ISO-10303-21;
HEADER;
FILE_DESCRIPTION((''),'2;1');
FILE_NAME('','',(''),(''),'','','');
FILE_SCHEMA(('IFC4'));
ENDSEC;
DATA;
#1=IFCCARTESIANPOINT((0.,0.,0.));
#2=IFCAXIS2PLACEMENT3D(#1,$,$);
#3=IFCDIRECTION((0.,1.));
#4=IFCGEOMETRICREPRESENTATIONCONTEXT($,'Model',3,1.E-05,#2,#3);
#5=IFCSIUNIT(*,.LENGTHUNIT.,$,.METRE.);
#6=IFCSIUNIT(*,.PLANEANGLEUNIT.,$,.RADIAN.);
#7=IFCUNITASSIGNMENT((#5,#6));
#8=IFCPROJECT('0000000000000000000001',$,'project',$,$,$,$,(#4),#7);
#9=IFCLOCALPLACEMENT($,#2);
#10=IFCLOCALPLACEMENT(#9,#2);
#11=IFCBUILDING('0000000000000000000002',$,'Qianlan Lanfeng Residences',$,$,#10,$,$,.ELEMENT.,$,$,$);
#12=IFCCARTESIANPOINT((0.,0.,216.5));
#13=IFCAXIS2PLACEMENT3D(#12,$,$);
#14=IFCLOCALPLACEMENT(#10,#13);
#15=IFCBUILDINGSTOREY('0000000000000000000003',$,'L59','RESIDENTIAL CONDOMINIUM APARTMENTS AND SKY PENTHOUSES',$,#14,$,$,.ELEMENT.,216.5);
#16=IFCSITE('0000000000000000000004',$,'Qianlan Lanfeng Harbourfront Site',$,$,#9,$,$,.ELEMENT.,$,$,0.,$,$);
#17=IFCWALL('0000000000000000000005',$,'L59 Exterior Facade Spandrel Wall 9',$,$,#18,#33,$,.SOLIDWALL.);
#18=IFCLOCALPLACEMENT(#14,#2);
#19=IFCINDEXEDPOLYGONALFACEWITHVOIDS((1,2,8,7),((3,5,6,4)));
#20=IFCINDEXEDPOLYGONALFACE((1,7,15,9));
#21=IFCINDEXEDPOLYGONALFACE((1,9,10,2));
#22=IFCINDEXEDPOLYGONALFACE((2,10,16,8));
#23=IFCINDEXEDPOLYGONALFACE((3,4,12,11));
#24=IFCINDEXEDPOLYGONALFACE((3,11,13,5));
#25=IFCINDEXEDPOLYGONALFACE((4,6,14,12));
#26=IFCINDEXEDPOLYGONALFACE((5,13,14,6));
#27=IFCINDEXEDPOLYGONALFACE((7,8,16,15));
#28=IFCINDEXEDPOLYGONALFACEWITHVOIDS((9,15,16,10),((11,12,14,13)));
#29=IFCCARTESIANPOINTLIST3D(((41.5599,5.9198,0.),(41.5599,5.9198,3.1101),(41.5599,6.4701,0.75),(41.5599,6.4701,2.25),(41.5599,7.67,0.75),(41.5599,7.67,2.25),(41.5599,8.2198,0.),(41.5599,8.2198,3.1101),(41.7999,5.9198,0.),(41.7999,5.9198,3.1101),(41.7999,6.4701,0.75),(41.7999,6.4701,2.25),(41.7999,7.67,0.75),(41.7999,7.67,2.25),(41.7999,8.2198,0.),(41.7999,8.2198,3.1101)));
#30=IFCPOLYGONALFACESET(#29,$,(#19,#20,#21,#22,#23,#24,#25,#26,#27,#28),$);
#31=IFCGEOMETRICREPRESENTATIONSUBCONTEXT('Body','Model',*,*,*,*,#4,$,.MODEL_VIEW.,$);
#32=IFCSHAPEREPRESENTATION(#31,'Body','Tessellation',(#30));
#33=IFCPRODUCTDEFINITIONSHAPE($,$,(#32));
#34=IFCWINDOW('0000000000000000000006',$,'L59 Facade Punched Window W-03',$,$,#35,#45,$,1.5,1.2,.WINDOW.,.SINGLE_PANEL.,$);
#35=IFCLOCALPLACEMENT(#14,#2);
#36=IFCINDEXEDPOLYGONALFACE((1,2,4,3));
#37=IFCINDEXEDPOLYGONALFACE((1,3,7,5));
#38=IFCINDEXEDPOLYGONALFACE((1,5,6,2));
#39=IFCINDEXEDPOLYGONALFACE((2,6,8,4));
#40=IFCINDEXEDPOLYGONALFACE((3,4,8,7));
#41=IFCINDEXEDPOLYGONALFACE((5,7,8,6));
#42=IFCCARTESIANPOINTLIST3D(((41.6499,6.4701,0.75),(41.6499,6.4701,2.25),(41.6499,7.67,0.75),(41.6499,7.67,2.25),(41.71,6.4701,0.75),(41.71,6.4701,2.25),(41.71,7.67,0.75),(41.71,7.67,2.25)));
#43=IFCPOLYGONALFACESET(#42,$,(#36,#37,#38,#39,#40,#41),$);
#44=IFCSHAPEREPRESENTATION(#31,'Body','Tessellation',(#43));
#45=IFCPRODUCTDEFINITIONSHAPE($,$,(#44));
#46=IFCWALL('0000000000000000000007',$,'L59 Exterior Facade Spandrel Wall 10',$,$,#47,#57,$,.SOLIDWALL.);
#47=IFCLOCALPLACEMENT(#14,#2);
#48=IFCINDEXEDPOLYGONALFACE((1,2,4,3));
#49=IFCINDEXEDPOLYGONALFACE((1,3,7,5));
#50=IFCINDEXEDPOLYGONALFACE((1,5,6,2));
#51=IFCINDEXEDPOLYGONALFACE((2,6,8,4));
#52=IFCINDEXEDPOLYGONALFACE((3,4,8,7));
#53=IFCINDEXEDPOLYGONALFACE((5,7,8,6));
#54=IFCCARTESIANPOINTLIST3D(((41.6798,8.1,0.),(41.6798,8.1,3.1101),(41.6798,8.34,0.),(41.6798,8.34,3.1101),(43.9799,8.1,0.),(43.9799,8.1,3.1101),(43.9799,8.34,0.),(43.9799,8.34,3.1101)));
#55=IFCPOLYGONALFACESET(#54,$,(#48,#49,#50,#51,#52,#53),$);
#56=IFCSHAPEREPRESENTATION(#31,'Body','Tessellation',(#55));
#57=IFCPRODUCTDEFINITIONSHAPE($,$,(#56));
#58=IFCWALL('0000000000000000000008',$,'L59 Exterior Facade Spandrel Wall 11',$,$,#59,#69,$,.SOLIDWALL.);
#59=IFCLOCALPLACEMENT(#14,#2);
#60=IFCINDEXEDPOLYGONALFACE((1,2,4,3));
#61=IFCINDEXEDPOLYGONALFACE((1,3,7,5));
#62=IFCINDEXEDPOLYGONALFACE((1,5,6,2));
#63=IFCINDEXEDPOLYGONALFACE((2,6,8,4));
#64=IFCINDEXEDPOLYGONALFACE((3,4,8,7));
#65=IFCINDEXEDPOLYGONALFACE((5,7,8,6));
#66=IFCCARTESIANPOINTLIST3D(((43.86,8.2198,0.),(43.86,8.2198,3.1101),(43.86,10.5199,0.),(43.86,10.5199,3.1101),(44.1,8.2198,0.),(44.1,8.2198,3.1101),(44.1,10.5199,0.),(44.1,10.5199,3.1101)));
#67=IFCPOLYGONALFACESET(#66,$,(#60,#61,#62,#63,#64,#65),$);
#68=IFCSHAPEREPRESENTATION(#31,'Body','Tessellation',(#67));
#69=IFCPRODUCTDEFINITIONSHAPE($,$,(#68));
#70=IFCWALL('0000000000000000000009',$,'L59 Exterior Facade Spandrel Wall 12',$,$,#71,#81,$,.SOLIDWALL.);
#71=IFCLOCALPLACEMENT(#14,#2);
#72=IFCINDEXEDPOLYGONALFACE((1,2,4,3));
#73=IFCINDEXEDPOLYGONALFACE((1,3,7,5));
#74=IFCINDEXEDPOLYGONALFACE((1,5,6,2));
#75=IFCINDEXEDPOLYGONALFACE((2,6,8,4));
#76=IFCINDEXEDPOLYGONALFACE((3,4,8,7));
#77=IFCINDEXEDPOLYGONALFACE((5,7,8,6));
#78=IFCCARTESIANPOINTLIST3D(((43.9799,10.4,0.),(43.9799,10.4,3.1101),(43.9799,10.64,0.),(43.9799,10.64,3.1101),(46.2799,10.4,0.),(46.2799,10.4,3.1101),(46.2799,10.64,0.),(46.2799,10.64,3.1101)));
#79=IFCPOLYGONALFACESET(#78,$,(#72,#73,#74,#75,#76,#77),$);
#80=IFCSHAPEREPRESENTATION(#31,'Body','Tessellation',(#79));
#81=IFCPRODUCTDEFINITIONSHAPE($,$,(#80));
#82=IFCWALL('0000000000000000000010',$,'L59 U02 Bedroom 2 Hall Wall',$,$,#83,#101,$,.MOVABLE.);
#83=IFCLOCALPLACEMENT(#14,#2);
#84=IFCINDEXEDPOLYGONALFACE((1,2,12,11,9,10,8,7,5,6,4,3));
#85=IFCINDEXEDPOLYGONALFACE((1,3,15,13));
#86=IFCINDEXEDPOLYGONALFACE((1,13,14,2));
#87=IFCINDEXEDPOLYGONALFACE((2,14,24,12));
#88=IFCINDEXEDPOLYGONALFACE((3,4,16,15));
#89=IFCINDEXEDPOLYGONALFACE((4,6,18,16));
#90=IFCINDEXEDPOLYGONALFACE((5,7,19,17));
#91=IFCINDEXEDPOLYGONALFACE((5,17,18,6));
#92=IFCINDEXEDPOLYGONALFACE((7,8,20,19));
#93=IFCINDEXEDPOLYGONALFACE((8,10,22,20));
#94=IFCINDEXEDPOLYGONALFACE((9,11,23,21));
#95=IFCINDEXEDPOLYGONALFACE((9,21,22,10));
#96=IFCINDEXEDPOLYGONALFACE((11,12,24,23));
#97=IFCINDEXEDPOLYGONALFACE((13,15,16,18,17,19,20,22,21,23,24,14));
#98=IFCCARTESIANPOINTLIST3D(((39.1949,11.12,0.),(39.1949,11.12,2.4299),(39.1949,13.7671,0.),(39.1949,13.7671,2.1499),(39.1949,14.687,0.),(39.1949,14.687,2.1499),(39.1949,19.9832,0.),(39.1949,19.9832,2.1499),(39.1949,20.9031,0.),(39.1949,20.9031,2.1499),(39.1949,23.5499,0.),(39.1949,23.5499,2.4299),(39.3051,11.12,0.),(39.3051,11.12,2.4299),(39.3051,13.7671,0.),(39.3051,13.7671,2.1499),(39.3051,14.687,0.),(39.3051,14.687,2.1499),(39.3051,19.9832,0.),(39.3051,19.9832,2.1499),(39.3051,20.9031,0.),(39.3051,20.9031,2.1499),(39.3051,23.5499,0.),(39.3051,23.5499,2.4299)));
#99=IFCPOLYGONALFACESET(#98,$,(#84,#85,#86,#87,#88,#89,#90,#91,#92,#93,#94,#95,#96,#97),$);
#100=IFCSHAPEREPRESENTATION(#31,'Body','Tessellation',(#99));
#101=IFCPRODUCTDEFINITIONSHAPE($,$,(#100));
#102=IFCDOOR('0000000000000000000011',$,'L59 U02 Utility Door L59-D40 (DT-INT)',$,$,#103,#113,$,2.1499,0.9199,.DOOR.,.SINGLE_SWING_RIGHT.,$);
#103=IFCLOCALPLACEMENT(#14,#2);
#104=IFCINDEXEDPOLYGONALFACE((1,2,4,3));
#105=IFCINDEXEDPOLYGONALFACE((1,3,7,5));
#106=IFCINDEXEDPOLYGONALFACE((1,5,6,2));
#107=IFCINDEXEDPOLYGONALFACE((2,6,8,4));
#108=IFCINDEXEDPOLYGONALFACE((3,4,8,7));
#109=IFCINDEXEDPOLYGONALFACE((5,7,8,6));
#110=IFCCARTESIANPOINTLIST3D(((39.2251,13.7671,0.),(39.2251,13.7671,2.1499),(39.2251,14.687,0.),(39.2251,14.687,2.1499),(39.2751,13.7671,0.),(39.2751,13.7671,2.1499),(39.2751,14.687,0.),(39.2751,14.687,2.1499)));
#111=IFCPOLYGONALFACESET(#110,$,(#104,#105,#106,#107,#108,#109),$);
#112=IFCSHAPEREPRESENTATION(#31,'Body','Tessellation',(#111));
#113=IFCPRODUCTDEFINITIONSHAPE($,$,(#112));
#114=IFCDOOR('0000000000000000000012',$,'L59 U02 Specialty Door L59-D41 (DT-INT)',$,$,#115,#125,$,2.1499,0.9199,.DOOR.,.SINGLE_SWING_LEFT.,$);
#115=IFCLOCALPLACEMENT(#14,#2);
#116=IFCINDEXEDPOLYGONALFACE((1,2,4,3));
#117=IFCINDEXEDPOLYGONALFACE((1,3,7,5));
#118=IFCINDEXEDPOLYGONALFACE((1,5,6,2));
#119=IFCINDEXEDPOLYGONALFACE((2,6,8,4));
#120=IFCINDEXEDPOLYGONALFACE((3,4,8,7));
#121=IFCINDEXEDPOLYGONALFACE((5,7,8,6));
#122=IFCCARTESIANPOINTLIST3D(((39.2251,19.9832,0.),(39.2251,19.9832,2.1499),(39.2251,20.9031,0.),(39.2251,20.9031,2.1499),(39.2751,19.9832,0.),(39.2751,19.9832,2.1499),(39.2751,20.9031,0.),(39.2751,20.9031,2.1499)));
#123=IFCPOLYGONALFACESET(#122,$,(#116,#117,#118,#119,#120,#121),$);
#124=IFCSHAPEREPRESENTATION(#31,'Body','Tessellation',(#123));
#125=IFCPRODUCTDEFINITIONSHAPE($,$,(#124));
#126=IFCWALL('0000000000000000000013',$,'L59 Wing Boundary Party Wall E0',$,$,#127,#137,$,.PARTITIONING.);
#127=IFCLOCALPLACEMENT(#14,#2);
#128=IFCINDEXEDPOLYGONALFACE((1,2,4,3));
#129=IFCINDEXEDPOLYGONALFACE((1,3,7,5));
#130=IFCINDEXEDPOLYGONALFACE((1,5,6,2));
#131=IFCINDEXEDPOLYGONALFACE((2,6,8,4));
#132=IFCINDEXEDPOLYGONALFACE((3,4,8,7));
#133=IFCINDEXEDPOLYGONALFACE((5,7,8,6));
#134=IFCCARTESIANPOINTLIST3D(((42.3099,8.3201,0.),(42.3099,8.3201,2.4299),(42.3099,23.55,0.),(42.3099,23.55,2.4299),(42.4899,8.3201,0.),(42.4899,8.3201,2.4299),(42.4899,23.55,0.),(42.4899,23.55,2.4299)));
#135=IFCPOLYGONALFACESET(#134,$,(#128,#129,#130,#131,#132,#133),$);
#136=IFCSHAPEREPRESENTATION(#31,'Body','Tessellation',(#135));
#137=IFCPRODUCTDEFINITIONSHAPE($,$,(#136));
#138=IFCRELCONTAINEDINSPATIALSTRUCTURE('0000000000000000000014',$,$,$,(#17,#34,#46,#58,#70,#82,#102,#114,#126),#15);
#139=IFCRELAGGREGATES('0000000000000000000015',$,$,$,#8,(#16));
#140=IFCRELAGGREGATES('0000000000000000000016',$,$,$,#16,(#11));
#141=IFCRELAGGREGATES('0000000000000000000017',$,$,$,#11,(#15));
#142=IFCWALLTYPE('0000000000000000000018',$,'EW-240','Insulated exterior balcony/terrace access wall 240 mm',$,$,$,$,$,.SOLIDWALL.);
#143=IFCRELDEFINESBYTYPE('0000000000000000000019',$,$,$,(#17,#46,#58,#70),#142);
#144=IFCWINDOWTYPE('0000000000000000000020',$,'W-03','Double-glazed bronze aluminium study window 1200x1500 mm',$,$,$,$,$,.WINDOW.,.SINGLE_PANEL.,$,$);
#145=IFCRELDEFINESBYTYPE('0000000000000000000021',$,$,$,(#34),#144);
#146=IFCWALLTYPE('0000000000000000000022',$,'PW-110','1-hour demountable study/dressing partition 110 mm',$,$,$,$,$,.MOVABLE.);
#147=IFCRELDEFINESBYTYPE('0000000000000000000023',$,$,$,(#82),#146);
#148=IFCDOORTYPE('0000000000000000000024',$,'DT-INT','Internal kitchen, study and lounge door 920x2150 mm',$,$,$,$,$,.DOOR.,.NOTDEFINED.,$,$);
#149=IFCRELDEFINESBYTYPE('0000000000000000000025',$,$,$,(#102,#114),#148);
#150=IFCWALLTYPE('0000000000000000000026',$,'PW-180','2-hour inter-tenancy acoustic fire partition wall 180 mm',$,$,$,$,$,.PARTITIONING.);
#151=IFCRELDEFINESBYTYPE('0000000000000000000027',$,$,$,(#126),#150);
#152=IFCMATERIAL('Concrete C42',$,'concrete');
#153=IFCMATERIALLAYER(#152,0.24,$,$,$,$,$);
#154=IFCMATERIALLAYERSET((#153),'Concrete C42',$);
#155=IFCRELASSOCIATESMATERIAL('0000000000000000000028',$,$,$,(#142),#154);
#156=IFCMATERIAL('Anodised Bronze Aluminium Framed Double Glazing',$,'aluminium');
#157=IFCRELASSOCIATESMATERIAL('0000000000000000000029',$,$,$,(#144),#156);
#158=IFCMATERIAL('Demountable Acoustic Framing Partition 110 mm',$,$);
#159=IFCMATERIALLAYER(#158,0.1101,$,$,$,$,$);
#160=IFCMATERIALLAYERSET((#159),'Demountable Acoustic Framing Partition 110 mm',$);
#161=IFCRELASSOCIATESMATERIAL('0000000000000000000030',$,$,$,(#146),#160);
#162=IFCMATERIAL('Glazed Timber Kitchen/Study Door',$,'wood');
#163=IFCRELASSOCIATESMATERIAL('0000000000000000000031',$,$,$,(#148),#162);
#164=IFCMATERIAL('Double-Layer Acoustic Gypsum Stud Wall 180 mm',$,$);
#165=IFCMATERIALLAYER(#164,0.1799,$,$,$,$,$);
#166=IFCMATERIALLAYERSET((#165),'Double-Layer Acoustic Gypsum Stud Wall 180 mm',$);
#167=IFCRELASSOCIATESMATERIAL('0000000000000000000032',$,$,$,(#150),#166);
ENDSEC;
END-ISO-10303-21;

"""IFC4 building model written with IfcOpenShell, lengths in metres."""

from ifc_helpers import new_model, si_unit, direction, frame, frame_2d, origin, place, context, subcontext, project, spatial, rectangle, extrude, material, layer, layer_set, type_object, element, fill, save


model = new_model("IFC4")

# Units and contexts
model_context = context("Model", 3, precision=1e-05, world=origin(), true_north=direction((0.0, 1.0)))
body_context = subcontext(model_context, "Body", "Model", "MODEL_VIEW")
ifc_project = project(units=[si_unit("LENGTHUNIT", "METRE"), si_unit("PLANEANGLEUNIT", "RADIAN")], contexts=[model_context])

# Site, building, storey
site_placement = place(None, origin())
site = spatial("IfcSite", under=ifc_project, at=site_placement, Name="Qianlan Lanfeng Harbourfront Site", CompositionType="ELEMENT", RefElevation=0.0)
building_placement = place(site_placement, origin())
building = spatial("IfcBuilding", under=site, at=building_placement, Name="Qianlan Lanfeng Residences", CompositionType="ELEMENT")
storey_placement = place(building_placement, frame((0.0, 0.0, 216.5)))
storey = spatial("IfcBuildingStorey", under=building, at=storey_placement, Name="L59", Description="RESIDENTIAL CONDOMINIUM APARTMENTS AND SKY PENTHOUSES", CompositionType="ELEMENT", Elevation=216.5)

# Wall, opening, window
ifc_material_1 = material(Name="Concrete C42", Category="concrete")
ifc_layer_1 = layer(ifc_material_1, 0.24)
ifc_layer_set_1 = layer_set([ifc_layer_1], Name="Concrete C42")
wall_type_1 = type_object("IfcWallType", Name="EW-240", Description="Insulated exterior balcony/terrace access wall 240 mm", PredefinedType="SOLIDWALL", material=ifc_layer_set_1)
wall_1_placement = place(storey_placement, frame((41.6799, 5.9199, 0.0), z_axis=(0.0, 0.0, 1.0), x_axis=(0.0, 1.0, 0.0)))
wall_1 = element("IfcWall", 1, at=wall_1_placement, inside=storey, type_object=wall_type_1, Name="L59 Exterior Facade Spandrel Wall 9", PredefinedType="SOLIDWALL", context=body_context, shape_type="SweptSolid", body=[
    extrude(rectangle(XDim=2.3, YDim=0.24, at=frame_2d((1.1499, 0.0))), origin(), (0.0, 0.0, 1.0), 3.1101),
])
opening_1_placement = place(wall_1_placement, frame((0.55, 0.0, 0.75)))
opening_1 = element("IfcOpeningElement", 2, at=opening_1_placement, cuts=wall_1, PredefinedType="OPENING", context=body_context, shape_type="SweptSolid", body=[
    extrude(rectangle(XDim=1.2, YDim=1.5, at=frame_2d((0.6001, 0.75))), frame((0.0, 0.1299, 0.0), z_axis=(0.0, -1.0, 0.0), x_axis=(1.0, 0.0, 0.0)), (0.0, 0.0, 1.0), 0.26),
])
ifc_material_2 = material(Name="Anodised Bronze Aluminium Framed Double Glazing", Category="aluminium")
window_type = type_object("IfcWindowType", Name="W-03", Description="Double-glazed bronze aluminium study window 1200x1500 mm", PartitioningType="SINGLE_PANEL", PredefinedType="WINDOW", material=ifc_material_2)
window_placement = place(opening_1_placement, origin())
window = element("IfcWindow", 3, at=window_placement, inside=storey, type_object=window_type, Name="L59 Facade Punched Window W-03", OverallHeight=1.5, OverallWidth=1.2, PartitioningType="SINGLE_PANEL", PredefinedType="WINDOW", context=body_context, shape_type="SweptSolid", body=[
    extrude(rectangle(XDim=1.2, YDim=1.5, at=frame_2d((0.6001, 0.75))), frame((0.0, 0.03, 0.0), z_axis=(0.0, -1.0, 0.0), x_axis=(1.0, 0.0, 0.0)), (0.0, 0.0, 1.0), 0.0601),
])
fill(opening_1, window)

# Walls
for number, where, z_axis, x_axis, name in (
    (4, (41.6799, 8.22, 0.0), (0.0, 0.0, 1.0), (1.0, 0.0, 0.0), "L59 Exterior Facade Spandrel Wall 10"),
    (5, (43.98, 8.22, 0.0), (0.0, 0.0, 1.0), (0.0, 1.0, 0.0), "L59 Exterior Facade Spandrel Wall 11"),
    (6, (43.98, 10.52, 0.0), (0.0, 0.0, 1.0), (1.0, 0.0, 0.0), "L59 Exterior Facade Spandrel Wall 12"),
):
    element("IfcWall", number, at=place(storey_placement, frame(where, z_axis=z_axis, x_axis=x_axis)), inside=storey, type_object=wall_type_1, Name=name, PredefinedType="SOLIDWALL", context=body_context, shape_type="SweptSolid", body=[
        extrude(rectangle(XDim=2.3, YDim=0.24, at=frame_2d((1.1499, 0.0))), origin(), (0.0, 0.0, 1.0), 3.1101),
    ])

# Wall, openings, doors
ifc_material_3 = material(Name="Demountable Acoustic Framing Partition 110 mm")
ifc_layer_2 = layer(ifc_material_3, 0.1101)
ifc_layer_set_2 = layer_set([ifc_layer_2], Name="Demountable Acoustic Framing Partition 110 mm")
wall_type_2 = type_object("IfcWallType", Name="PW-110", Description="1-hour demountable study/dressing partition 110 mm", PredefinedType="MOVABLE", material=ifc_layer_set_2)
wall_2_placement = place(storey_placement, frame((39.25, 11.1201, 0.0), z_axis=(0.0, 0.0, 1.0), x_axis=(0.0, 1.0, 0.0)))
wall_2 = element("IfcWall", 7, at=wall_2_placement, inside=storey, type_object=wall_type_2, Name="L59 U02 Bedroom 2 Hall Wall", PredefinedType="MOVABLE", context=body_context, shape_type="SweptSolid", body=[
    extrude(rectangle(XDim=12.4299, YDim=0.1101, at=frame_2d((6.2148, 0.0))), origin(), (0.0, 0.0, 1.0), 2.4299),
])
opening_2_placement = place(wall_2_placement, frame((2.647, 0.0, 0.0)))
opening_2 = element("IfcOpeningElement", 8, at=opening_2_placement, cuts=wall_2, PredefinedType="OPENING", context=body_context, shape_type="SweptSolid", body=[
    extrude(rectangle(XDim=0.9199, YDim=2.1499, at=frame_2d((0.46, 1.075))), frame((0.0, 0.0649, 0.0), z_axis=(0.0, -1.0, 0.0), x_axis=(1.0, 0.0, 0.0)), (0.0, 0.0, 1.0), 0.1301),
])
opening_3_placement = place(wall_2_placement, frame((8.863, 0.0, 0.0)))
opening_3 = element("IfcOpeningElement", 9, at=opening_3_placement, cuts=wall_2, PredefinedType="OPENING", context=body_context, shape_type="SweptSolid", body=[
    extrude(rectangle(XDim=0.9199, YDim=2.1499, at=frame_2d((0.46, 1.075))), frame((0.0, 0.0649, 0.0), z_axis=(0.0, -1.0, 0.0), x_axis=(1.0, 0.0, 0.0)), (0.0, 0.0, 1.0), 0.1301),
])
ifc_material_4 = material(Name="Glazed Timber Kitchen/Study Door", Category="wood")
door_type = type_object("IfcDoorType", Name="DT-INT", Description="Internal kitchen, study and lounge door 920x2150 mm", OperationType="NOTDEFINED", PredefinedType="DOOR", material=ifc_material_4)
door_1_placement = place(opening_2_placement, origin())
door_1 = element("IfcDoor", 10, at=door_1_placement, inside=storey, type_object=door_type, Name="L59 U02 Utility Door L59-D40 (DT-INT)", OperationType="SINGLE_SWING_RIGHT", OverallHeight=2.1499, OverallWidth=0.9199, PredefinedType="DOOR", context=body_context, shape_type="SweptSolid", body=[
    extrude(rectangle(XDim=0.9199, YDim=2.1499, at=frame_2d((0.46, 1.075))), frame((0.0, 0.0249, 0.0), z_axis=(0.0, -1.0, 0.0), x_axis=(1.0, 0.0, 0.0)), (0.0, 0.0, 1.0), 0.05),
])
fill(opening_2, door_1)
door_2_placement = place(opening_3_placement, origin())
door_2 = element("IfcDoor", 11, at=door_2_placement, inside=storey, type_object=door_type, Name="L59 U02 Specialty Door L59-D41 (DT-INT)", OperationType="SINGLE_SWING_LEFT", OverallHeight=2.1499, OverallWidth=0.9199, PredefinedType="DOOR", context=body_context, shape_type="SweptSolid", body=[
    extrude(rectangle(XDim=0.9199, YDim=2.1499, at=frame_2d((0.46, 1.075))), frame((0.0, 0.0249, 0.0), z_axis=(0.0, -1.0, 0.0), x_axis=(1.0, 0.0, 0.0)), (0.0, 0.0, 1.0), 0.05),
])
fill(opening_3, door_2)

# Wall
ifc_material_5 = material(Name="Double-Layer Acoustic Gypsum Stud Wall 180 mm")
ifc_layer_3 = layer(ifc_material_5, 0.1799)
ifc_layer_set_3 = layer_set([ifc_layer_3], Name="Double-Layer Acoustic Gypsum Stud Wall 180 mm")
wall_type_3 = type_object("IfcWallType", Name="PW-180", Description="2-hour inter-tenancy acoustic fire partition wall 180 mm", PredefinedType="PARTITIONING", material=ifc_layer_set_3)
wall_3_placement = place(storey_placement, frame((42.3999, 8.3201, 0.0), z_axis=(0.0, 0.0, 1.0), x_axis=(0.0, 1.0, 0.0)))
element("IfcWall", 12, at=wall_3_placement, inside=storey, type_object=wall_type_3, Name="L59 Wing Boundary Party Wall E0", PredefinedType="PARTITIONING", context=body_context, shape_type="SweptSolid", body=[
    extrude(rectangle(XDim=15.23, YDim=0.1799, at=frame_2d((7.615, 0.0))), origin(), (0.0, 0.0, 1.0), 2.4299),
])

save(model, "model.ifc")
